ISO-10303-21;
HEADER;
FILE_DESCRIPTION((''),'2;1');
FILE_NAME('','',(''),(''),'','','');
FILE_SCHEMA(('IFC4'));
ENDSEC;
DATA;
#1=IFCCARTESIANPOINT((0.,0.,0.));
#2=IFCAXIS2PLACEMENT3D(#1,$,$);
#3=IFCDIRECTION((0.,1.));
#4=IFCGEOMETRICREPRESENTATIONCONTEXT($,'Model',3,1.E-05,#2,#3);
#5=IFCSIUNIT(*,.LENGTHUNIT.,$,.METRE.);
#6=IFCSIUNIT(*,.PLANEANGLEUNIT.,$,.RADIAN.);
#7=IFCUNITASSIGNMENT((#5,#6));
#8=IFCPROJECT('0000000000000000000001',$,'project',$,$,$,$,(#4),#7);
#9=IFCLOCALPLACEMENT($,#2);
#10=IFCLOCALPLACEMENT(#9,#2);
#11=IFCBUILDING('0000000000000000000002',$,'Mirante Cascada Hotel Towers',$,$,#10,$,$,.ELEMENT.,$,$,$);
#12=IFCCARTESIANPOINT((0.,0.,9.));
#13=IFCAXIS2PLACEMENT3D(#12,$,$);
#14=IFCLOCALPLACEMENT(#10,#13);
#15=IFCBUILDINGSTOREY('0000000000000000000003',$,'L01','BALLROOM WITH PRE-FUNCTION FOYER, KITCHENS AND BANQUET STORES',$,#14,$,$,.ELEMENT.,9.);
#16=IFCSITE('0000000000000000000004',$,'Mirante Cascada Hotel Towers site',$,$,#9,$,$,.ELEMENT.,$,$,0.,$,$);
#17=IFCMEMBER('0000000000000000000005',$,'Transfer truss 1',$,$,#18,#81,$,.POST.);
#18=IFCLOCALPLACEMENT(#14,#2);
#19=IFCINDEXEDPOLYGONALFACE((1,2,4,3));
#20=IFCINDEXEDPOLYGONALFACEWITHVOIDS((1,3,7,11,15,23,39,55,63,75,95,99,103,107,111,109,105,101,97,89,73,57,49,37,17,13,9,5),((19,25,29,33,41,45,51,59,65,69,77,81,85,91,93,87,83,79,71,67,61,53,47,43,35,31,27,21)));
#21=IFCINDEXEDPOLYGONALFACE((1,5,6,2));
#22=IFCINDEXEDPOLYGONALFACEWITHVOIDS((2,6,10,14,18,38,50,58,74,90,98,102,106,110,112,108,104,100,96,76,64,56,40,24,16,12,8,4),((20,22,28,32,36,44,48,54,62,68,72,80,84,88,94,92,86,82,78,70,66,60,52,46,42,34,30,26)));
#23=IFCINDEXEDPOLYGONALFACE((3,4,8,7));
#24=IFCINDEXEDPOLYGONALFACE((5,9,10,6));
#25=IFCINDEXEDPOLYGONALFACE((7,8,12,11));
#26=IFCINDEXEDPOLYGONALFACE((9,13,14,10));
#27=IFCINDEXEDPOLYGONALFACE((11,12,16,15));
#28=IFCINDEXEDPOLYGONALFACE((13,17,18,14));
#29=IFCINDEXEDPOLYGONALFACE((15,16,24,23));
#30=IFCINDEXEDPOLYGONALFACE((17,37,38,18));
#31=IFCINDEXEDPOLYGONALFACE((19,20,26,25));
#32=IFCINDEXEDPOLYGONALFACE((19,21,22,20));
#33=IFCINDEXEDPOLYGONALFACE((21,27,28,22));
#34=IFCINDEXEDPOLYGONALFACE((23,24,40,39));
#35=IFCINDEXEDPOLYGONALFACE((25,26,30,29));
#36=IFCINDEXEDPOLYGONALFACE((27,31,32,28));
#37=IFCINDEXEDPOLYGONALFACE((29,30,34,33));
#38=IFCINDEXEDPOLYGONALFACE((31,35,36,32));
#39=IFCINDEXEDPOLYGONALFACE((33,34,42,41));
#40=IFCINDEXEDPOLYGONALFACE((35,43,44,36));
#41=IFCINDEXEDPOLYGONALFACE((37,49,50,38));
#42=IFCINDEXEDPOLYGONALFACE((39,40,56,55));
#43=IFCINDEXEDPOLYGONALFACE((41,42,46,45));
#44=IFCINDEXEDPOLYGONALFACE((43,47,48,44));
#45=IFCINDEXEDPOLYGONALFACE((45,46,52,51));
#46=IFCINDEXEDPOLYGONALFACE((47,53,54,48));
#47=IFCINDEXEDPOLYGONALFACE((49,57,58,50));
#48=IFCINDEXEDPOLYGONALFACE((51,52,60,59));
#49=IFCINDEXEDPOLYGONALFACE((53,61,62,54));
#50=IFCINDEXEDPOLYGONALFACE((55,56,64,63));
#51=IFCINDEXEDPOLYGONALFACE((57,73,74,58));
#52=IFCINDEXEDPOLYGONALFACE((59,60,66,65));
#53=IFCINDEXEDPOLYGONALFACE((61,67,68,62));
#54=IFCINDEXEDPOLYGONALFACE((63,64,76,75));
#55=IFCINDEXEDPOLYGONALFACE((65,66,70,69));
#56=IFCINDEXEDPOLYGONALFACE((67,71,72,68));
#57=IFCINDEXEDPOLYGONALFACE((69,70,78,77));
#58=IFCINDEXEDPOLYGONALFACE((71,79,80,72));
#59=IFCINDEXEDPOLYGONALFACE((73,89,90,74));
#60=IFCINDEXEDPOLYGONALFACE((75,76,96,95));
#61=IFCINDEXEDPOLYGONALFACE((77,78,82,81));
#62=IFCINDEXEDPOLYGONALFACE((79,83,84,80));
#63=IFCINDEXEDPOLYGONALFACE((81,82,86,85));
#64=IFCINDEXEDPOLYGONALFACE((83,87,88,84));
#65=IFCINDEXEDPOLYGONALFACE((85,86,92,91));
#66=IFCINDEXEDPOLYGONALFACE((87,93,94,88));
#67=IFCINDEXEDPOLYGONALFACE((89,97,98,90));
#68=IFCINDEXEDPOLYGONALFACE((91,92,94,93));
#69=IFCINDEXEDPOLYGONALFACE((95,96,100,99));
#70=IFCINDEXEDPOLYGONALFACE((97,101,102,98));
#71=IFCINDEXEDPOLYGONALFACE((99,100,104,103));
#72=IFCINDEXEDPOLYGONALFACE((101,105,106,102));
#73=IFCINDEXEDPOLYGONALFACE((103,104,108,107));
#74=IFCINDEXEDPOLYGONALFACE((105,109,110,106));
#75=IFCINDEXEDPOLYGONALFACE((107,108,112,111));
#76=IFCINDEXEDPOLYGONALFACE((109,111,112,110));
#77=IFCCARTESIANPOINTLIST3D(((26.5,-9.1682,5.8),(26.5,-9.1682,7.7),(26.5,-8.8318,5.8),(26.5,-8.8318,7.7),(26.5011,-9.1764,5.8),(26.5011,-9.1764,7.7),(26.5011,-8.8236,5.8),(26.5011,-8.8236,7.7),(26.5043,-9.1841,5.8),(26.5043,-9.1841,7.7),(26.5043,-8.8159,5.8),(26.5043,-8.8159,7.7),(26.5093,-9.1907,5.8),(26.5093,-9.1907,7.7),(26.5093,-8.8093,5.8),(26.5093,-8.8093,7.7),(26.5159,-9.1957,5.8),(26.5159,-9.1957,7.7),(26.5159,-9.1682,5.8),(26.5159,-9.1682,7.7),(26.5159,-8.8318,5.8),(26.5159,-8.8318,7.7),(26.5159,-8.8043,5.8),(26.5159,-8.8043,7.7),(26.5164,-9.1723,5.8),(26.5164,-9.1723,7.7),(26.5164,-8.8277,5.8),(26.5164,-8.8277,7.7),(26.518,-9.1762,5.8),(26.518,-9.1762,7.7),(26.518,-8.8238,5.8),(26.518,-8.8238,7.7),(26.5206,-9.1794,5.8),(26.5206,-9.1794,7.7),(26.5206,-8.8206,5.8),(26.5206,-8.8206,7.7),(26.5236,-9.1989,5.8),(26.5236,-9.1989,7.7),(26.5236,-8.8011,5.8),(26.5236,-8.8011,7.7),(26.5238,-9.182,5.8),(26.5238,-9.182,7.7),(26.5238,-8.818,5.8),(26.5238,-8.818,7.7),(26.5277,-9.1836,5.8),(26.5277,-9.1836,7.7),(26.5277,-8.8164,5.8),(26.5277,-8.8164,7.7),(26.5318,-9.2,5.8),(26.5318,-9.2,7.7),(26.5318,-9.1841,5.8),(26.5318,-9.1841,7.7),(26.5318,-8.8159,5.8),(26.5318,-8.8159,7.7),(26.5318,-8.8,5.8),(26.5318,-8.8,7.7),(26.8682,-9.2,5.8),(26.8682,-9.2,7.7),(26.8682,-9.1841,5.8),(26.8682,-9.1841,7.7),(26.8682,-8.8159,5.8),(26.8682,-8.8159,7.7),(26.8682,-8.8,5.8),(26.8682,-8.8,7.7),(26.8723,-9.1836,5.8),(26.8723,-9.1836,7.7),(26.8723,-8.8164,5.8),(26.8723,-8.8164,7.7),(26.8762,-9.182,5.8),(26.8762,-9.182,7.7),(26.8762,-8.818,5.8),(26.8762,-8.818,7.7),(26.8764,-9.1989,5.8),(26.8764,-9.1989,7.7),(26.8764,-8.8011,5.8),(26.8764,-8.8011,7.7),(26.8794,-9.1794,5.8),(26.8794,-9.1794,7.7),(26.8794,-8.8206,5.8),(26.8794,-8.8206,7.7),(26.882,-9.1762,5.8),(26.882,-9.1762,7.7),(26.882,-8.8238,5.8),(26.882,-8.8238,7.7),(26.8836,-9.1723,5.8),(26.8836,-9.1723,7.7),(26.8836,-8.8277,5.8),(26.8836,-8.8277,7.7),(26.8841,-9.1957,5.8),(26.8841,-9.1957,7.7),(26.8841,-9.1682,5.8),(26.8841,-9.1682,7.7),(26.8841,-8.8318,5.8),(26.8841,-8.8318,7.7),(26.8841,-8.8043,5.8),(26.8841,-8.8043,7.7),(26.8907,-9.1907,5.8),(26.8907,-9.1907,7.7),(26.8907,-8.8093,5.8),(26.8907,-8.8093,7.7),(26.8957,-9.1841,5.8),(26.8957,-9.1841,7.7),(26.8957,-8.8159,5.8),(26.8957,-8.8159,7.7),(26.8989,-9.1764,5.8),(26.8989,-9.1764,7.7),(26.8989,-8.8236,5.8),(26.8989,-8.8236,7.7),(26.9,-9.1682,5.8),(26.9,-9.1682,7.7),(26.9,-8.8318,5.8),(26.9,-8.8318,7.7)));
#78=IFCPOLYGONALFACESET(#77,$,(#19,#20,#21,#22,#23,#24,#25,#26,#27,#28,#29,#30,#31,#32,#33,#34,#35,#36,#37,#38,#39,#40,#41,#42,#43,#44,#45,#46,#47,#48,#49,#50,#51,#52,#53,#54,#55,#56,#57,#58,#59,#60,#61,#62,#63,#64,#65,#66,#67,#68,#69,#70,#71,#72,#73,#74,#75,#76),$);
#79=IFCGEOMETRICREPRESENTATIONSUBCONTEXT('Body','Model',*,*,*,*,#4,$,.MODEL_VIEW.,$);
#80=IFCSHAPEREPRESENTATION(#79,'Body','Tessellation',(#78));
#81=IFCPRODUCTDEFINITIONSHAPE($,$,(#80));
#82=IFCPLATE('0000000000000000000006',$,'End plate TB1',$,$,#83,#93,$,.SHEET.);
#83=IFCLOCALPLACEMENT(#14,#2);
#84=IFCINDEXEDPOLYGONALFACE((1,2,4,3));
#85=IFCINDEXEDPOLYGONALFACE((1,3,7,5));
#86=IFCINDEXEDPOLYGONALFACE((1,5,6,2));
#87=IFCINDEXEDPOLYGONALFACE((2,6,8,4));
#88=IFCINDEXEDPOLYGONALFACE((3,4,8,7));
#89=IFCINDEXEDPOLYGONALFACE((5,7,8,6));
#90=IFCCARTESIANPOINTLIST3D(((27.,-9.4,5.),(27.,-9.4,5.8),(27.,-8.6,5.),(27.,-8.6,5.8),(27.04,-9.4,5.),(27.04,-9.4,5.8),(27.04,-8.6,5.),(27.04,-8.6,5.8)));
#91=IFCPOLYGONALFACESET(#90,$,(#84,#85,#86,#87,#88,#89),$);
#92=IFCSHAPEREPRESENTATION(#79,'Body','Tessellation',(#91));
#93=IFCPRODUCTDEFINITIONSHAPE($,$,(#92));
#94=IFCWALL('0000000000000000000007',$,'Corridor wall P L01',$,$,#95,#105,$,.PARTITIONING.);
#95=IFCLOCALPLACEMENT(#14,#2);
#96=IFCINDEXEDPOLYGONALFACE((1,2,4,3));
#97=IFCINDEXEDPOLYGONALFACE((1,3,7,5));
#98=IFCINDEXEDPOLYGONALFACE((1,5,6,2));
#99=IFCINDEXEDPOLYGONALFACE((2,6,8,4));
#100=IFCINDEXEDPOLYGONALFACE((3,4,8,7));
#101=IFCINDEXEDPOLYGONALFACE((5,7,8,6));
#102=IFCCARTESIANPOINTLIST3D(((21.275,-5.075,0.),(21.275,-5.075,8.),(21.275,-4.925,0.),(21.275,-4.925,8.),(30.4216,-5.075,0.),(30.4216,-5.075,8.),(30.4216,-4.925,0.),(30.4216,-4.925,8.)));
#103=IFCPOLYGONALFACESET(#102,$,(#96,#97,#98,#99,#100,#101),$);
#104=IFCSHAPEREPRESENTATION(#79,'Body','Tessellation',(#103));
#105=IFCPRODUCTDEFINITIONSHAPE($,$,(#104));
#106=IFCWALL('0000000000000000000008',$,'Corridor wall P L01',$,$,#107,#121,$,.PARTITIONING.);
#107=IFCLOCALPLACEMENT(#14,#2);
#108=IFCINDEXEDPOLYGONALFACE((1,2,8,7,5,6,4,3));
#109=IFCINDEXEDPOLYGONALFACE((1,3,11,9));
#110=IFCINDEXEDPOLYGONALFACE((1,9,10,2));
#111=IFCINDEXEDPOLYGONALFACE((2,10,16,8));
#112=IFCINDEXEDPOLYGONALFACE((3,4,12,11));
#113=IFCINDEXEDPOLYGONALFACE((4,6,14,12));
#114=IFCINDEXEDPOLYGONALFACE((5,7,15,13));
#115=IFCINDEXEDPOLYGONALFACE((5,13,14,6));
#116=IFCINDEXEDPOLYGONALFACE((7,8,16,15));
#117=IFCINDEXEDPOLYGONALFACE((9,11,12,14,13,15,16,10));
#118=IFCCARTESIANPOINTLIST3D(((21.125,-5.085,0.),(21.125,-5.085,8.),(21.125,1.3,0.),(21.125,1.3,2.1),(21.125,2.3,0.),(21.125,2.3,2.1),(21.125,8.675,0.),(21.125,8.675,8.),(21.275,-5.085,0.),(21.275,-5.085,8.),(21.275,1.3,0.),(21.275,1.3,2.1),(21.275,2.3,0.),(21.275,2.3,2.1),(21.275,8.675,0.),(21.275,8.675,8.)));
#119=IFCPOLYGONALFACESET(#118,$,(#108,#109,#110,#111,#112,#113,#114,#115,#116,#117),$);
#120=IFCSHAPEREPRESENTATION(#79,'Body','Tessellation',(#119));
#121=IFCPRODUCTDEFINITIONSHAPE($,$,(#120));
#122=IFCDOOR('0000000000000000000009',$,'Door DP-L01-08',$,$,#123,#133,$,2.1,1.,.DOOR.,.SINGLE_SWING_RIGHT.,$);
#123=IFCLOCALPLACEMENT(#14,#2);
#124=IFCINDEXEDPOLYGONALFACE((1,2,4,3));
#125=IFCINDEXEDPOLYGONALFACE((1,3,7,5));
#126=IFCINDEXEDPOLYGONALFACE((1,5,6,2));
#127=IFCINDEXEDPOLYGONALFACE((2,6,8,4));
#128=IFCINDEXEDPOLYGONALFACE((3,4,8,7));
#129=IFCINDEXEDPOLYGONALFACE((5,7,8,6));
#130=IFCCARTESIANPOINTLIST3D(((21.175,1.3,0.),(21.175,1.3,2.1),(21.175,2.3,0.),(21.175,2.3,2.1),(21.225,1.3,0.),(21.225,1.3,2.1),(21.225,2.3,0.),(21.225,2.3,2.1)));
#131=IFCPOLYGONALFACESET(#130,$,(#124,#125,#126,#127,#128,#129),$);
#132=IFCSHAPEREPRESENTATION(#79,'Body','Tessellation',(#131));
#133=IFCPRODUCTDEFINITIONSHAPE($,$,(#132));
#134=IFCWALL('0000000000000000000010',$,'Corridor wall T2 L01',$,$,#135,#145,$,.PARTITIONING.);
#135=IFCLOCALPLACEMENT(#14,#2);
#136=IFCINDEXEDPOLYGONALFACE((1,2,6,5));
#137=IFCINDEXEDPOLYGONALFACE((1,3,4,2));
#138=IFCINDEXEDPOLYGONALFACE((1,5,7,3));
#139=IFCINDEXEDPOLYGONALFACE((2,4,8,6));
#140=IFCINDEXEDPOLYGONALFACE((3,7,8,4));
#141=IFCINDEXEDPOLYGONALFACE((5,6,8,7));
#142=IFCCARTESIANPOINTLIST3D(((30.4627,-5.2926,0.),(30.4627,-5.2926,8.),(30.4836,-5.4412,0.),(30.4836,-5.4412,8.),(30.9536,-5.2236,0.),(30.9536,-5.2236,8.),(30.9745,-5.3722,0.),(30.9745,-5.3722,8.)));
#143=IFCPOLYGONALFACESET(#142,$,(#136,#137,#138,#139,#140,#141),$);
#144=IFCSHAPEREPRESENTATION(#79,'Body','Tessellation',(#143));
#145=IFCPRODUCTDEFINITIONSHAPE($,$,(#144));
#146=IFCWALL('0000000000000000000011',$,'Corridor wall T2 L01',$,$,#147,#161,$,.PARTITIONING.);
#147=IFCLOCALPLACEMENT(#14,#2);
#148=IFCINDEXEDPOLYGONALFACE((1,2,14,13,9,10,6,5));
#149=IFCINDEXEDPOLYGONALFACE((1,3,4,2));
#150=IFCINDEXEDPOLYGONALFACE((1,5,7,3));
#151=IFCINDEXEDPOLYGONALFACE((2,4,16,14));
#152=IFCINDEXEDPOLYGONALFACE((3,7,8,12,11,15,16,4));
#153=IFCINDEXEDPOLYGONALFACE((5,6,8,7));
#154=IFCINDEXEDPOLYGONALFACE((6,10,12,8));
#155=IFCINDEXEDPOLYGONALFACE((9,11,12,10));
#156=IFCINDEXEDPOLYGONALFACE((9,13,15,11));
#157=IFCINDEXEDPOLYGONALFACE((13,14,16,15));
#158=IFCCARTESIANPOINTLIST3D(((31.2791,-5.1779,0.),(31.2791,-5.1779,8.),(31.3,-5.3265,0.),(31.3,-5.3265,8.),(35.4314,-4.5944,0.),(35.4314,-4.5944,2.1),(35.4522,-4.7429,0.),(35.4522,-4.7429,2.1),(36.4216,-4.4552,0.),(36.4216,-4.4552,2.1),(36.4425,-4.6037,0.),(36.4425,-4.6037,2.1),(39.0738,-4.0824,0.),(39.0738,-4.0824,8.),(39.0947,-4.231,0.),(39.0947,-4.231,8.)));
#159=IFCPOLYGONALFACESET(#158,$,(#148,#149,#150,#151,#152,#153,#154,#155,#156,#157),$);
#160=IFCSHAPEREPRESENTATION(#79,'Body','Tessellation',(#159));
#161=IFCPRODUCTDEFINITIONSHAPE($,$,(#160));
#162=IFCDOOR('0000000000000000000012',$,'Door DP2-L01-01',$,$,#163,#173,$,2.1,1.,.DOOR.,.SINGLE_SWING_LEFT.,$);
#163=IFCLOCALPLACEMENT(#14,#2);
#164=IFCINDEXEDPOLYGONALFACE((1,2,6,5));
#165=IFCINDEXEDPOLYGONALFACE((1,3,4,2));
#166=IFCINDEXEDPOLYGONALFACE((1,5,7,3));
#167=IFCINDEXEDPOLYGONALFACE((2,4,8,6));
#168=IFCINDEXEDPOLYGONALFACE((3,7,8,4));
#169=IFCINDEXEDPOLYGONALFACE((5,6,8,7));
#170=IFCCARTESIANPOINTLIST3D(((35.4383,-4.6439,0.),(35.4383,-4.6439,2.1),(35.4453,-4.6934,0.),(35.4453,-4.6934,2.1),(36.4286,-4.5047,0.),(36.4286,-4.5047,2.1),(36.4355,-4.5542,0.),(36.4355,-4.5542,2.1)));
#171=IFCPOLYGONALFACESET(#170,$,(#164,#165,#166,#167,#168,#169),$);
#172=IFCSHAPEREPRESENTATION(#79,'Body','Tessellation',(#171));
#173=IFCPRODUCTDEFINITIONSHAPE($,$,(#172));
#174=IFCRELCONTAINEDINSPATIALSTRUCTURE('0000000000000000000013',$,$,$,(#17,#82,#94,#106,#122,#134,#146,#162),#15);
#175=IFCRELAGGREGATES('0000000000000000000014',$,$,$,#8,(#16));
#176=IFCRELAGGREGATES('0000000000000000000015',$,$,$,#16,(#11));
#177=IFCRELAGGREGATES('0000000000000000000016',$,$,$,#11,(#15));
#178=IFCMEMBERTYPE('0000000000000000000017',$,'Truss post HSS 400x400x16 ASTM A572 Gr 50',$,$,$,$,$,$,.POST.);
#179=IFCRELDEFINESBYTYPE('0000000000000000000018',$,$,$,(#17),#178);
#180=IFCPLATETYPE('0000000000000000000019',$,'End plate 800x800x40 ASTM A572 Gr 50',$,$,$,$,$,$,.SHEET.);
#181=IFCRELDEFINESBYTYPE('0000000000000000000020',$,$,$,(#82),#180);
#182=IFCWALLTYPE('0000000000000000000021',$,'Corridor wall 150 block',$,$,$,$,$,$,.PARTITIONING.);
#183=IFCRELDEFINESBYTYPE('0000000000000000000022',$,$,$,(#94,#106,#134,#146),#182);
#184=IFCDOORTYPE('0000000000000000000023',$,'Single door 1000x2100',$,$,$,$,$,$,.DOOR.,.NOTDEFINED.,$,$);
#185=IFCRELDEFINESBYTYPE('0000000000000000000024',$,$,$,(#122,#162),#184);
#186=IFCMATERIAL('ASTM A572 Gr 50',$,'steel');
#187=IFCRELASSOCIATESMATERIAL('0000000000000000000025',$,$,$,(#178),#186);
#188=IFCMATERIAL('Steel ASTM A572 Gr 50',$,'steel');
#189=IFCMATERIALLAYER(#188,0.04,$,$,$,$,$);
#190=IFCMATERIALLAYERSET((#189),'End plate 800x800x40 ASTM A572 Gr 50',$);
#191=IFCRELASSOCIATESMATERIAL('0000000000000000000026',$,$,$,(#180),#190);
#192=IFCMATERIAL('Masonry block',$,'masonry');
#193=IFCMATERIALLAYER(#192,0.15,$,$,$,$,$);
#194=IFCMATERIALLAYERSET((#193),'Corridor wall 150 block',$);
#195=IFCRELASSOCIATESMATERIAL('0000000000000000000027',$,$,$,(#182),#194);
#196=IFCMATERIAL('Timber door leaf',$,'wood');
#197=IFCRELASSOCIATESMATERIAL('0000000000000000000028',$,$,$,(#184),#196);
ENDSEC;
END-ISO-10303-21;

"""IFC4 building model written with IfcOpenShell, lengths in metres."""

from ifc_helpers import new_model, si_unit, direction, frame, frame_2d, origin, origin_2d, place, context, subcontext, project, spatial, rectangle, hollow_rectangle, extrude, material, layer, layer_set, material_profile, profile_set, type_object, element, fill, save


model = new_model("IFC4")

# Units and contexts
model_context = context("Model", 3, precision=1e-05, world=origin(), true_north=direction((0.0, 1.0)))
body_context = subcontext(model_context, "Body", "Model", "MODEL_VIEW")
ifc_project = project(units=[si_unit("LENGTHUNIT", "METRE"), si_unit("PLANEANGLEUNIT", "RADIAN")], contexts=[model_context])

# Site, building, storey
site_placement = place(None, origin())
site = spatial("IfcSite", under=ifc_project, at=site_placement, Name="Mirante Cascada Hotel Towers site", CompositionType="ELEMENT", RefElevation=0.0)
building_placement = place(site_placement, origin())
building = spatial("IfcBuilding", under=site, at=building_placement, Name="Mirante Cascada Hotel Towers", CompositionType="ELEMENT")
storey_placement = place(building_placement, frame((0.0, 0.0, 9.0)))
storey = spatial("IfcBuildingStorey", under=building, at=storey_placement, Name="L01", Description="BALLROOM WITH PRE-FUNCTION FOYER, KITCHENS AND BANQUET STORES", CompositionType="ELEMENT", Elevation=9.0)

# Member
ifc_material_1 = material(Name="ASTM A572 Gr 50", Category="steel")
ifc_material_profile_1 = material_profile(ifc_material_1, hollow_rectangle(XDim=0.4, YDim=0.4, WallThickness=0.0159, InnerFilletRadius=0.0159, OuterFilletRadius=0.0318, at=origin_2d()), Name="HSS 400x400x16")
ifc_profile_set_1 = profile_set([ifc_material_profile_1], Name="ASTM A572 Gr 50")
member_type_1 = type_object("IfcMemberType", Name="Truss post HSS 400x400x16 ASTM A572 Gr 50", PredefinedType="POST", material=ifc_profile_set_1)
member_1_placement = place(storey_placement, frame((26.7, -9.0, 5.8), z_axis=(0.0, 0.0, 1.0), x_axis=(1.0, 0.0, 0.0)))
element("IfcMember", 1, at=member_1_placement, inside=storey, type_object=member_type_1, Name="Transfer truss 1", PredefinedType="POST", context=body_context, shape_type="SweptSolid", body=[
    extrude(hollow_rectangle(XDim=0.4, YDim=0.4, WallThickness=0.0159, InnerFilletRadius=0.0159, OuterFilletRadius=0.0318, at=origin_2d()), origin(), (0.0, 0.0, 1.0), 1.9),
])

# Plate
ifc_material_2 = material(Name="Steel ASTM A572 Gr 50", Category="steel")
ifc_layer_1 = layer(ifc_material_2, 0.04)
ifc_layer_set_1 = layer_set([ifc_layer_1], Name="End plate 800x800x40 ASTM A572 Gr 50")
plate_type = type_object("IfcPlateType", Name="End plate 800x800x40 ASTM A572 Gr 50", PredefinedType="SHEET", material=ifc_layer_set_1)
plate_placement = place(storey_placement, frame((27.02, -9.0, 5.0), z_axis=(0.0, 0.0, 1.0), x_axis=(1.0, 0.0, 0.0)))
element("IfcPlate", 2, at=plate_placement, inside=storey, type_object=plate_type, Name="End plate TB1", PredefinedType="SHEET", context=body_context, shape_type="SweptSolid", body=[
    extrude(rectangle(XDim=0.04, YDim=0.8, at=origin_2d()), origin(), (0.0, 0.0, 1.0), 0.8),
])

# Wall
ifc_material_3 = material(Name="Masonry block", Category="masonry")
ifc_layer_2 = layer(ifc_material_3, 0.15)
ifc_layer_set_2 = layer_set([ifc_layer_2], Name="Corridor wall 150 block")
wall_type_1 = type_object("IfcWallType", Name="Corridor wall 150 block", PredefinedType="PARTITIONING", material=ifc_layer_set_2)
wall_1_placement = place(storey_placement, frame((21.275, -5.0, 0.0), z_axis=(0.0, 0.0, 1.0), x_axis=(1.0, 0.0, 0.0)))
element("IfcWall", 3, at=wall_1_placement, inside=storey, type_object=wall_type_1, Name="Corridor wall P L01", PredefinedType="PARTITIONING", context=body_context, shape_type="SweptSolid", body=[
    extrude(rectangle(XDim=9.1466, YDim=0.15, at=frame_2d((4.5733, 0.0))), origin(), (0.0, 0.0, 1.0), 8.0),
])

# Wall, opening, door
wall_2_placement = place(storey_placement, frame((21.2, -5.085, 0.0), z_axis=(0.0, 0.0, 1.0), x_axis=(0.0, 1.0, 0.0)))
wall_2 = element("IfcWall", 4, at=wall_2_placement, inside=storey, type_object=wall_type_1, Name="Corridor wall P L01", PredefinedType="PARTITIONING", context=body_context, shape_type="SweptSolid", body=[
    extrude(rectangle(XDim=13.76, YDim=0.15, at=frame_2d((6.88, 0.0))), origin(), (0.0, 0.0, 1.0), 8.0),
])
opening_1_placement = place(wall_2_placement, frame((6.385, 0.0, 0.0)))
opening_1 = element("IfcOpeningElement", 5, at=opening_1_placement, cuts=wall_2, PredefinedType="OPENING", context=body_context, shape_type="SweptSolid", body=[
    extrude(rectangle(XDim=1.0, YDim=2.1, at=frame_2d((0.5, 1.05))), frame((0.0, 0.075, 0.0), z_axis=(0.0, -1.0, 0.0), x_axis=(1.0, 0.0, 0.0)), (0.0, 0.0, 1.0), 0.15),
])
ifc_material_4 = material(Name="Timber door leaf", Category="wood")
door_type = type_object("IfcDoorType", Name="Single door 1000x2100", OperationType="NOTDEFINED", PredefinedType="DOOR", material=ifc_material_4)
door_1_placement = place(opening_1_placement, frame((1.0, 0.0, 0.0), z_axis=(0.0, 0.0, 1.0), x_axis=(-1.0, 0.0, 0.0)))
door_1 = element("IfcDoor", 6, at=door_1_placement, inside=storey, type_object=door_type, Name="Door DP-L01-08", OperationType="SINGLE_SWING_RIGHT", OverallHeight=2.1, OverallWidth=1.0, PredefinedType="DOOR", context=body_context, shape_type="SweptSolid", body=[
    extrude(rectangle(XDim=1.0, YDim=2.1, at=frame_2d((0.5, 1.05))), frame((0.0, 0.025, 0.0), z_axis=(0.0, -1.0, 0.0), x_axis=(1.0, 0.0, 0.0)), (0.0, 0.0, 1.0), 0.05),
])
fill(opening_1, door_1)

# Wall
wall_3_placement = place(storey_placement, frame((30.4732, -5.3669, 0.0), z_axis=(0.0, 0.0, 1.0), x_axis=(0.990266, 0.13919, 0.0)))
element("IfcWall", 7, at=wall_3_placement, inside=storey, type_object=wall_type_1, Name="Corridor wall T2 L01", PredefinedType="PARTITIONING", context=body_context, shape_type="SweptSolid", body=[
    extrude(rectangle(XDim=0.4957, YDim=0.15, at=frame_2d((0.2478, 0.0))), origin(), (0.0, 0.0, 1.0), 8.0),
])

# Wall, opening, door
wall_4_placement = place(storey_placement, frame((31.2896, -5.2522, 0.0), z_axis=(0.0, 0.0, 1.0), x_axis=(0.990268, 0.139176, 0.0)))
wall_4 = element("IfcWall", 8, at=wall_4_placement, inside=storey, type_object=wall_type_1, Name="Corridor wall T2 L01", PredefinedType="PARTITIONING", context=body_context, shape_type="SweptSolid", body=[
    extrude(rectangle(XDim=7.8713, YDim=0.15, at=frame_2d((3.9356, 0.0))), origin(), (0.0, 0.0, 1.0), 8.0),
])
opening_2_placement = place(wall_4_placement, frame((4.193, 0.0, 0.0)))
opening_2 = element("IfcOpeningElement", 9, at=opening_2_placement, cuts=wall_4, PredefinedType="OPENING", context=body_context, shape_type="SweptSolid", body=[
    extrude(rectangle(XDim=1.0, YDim=2.1, at=frame_2d((0.5, 1.05))), frame((0.0, 0.075, 0.0), z_axis=(0.0, -1.0, 0.0), x_axis=(1.0, 0.0, 0.0)), (0.0, 0.0, 1.0), 0.15),
])
door_2_placement = place(opening_2_placement, frame((1.0, 0.0, 0.0), z_axis=(0.0, 0.0, 1.0), x_axis=(-1.0, 0.0, 0.0)))
door_2 = element("IfcDoor", 10, at=door_2_placement, inside=storey, type_object=door_type, Name="Door DP2-L01-01", OperationType="SINGLE_SWING_LEFT", OverallHeight=2.1, OverallWidth=1.0, PredefinedType="DOOR", context=body_context, shape_type="SweptSolid", body=[
    extrude(rectangle(XDim=1.0, YDim=2.1, at=frame_2d((0.5, 1.05))), frame((0.0, 0.025, 0.0), z_axis=(0.0, -1.0, 0.0), x_axis=(1.0, 0.0, 0.0)), (0.0, 0.0, 1.0), 0.05),
])
fill(opening_2, door_2)

save(model, "model.ifc")
